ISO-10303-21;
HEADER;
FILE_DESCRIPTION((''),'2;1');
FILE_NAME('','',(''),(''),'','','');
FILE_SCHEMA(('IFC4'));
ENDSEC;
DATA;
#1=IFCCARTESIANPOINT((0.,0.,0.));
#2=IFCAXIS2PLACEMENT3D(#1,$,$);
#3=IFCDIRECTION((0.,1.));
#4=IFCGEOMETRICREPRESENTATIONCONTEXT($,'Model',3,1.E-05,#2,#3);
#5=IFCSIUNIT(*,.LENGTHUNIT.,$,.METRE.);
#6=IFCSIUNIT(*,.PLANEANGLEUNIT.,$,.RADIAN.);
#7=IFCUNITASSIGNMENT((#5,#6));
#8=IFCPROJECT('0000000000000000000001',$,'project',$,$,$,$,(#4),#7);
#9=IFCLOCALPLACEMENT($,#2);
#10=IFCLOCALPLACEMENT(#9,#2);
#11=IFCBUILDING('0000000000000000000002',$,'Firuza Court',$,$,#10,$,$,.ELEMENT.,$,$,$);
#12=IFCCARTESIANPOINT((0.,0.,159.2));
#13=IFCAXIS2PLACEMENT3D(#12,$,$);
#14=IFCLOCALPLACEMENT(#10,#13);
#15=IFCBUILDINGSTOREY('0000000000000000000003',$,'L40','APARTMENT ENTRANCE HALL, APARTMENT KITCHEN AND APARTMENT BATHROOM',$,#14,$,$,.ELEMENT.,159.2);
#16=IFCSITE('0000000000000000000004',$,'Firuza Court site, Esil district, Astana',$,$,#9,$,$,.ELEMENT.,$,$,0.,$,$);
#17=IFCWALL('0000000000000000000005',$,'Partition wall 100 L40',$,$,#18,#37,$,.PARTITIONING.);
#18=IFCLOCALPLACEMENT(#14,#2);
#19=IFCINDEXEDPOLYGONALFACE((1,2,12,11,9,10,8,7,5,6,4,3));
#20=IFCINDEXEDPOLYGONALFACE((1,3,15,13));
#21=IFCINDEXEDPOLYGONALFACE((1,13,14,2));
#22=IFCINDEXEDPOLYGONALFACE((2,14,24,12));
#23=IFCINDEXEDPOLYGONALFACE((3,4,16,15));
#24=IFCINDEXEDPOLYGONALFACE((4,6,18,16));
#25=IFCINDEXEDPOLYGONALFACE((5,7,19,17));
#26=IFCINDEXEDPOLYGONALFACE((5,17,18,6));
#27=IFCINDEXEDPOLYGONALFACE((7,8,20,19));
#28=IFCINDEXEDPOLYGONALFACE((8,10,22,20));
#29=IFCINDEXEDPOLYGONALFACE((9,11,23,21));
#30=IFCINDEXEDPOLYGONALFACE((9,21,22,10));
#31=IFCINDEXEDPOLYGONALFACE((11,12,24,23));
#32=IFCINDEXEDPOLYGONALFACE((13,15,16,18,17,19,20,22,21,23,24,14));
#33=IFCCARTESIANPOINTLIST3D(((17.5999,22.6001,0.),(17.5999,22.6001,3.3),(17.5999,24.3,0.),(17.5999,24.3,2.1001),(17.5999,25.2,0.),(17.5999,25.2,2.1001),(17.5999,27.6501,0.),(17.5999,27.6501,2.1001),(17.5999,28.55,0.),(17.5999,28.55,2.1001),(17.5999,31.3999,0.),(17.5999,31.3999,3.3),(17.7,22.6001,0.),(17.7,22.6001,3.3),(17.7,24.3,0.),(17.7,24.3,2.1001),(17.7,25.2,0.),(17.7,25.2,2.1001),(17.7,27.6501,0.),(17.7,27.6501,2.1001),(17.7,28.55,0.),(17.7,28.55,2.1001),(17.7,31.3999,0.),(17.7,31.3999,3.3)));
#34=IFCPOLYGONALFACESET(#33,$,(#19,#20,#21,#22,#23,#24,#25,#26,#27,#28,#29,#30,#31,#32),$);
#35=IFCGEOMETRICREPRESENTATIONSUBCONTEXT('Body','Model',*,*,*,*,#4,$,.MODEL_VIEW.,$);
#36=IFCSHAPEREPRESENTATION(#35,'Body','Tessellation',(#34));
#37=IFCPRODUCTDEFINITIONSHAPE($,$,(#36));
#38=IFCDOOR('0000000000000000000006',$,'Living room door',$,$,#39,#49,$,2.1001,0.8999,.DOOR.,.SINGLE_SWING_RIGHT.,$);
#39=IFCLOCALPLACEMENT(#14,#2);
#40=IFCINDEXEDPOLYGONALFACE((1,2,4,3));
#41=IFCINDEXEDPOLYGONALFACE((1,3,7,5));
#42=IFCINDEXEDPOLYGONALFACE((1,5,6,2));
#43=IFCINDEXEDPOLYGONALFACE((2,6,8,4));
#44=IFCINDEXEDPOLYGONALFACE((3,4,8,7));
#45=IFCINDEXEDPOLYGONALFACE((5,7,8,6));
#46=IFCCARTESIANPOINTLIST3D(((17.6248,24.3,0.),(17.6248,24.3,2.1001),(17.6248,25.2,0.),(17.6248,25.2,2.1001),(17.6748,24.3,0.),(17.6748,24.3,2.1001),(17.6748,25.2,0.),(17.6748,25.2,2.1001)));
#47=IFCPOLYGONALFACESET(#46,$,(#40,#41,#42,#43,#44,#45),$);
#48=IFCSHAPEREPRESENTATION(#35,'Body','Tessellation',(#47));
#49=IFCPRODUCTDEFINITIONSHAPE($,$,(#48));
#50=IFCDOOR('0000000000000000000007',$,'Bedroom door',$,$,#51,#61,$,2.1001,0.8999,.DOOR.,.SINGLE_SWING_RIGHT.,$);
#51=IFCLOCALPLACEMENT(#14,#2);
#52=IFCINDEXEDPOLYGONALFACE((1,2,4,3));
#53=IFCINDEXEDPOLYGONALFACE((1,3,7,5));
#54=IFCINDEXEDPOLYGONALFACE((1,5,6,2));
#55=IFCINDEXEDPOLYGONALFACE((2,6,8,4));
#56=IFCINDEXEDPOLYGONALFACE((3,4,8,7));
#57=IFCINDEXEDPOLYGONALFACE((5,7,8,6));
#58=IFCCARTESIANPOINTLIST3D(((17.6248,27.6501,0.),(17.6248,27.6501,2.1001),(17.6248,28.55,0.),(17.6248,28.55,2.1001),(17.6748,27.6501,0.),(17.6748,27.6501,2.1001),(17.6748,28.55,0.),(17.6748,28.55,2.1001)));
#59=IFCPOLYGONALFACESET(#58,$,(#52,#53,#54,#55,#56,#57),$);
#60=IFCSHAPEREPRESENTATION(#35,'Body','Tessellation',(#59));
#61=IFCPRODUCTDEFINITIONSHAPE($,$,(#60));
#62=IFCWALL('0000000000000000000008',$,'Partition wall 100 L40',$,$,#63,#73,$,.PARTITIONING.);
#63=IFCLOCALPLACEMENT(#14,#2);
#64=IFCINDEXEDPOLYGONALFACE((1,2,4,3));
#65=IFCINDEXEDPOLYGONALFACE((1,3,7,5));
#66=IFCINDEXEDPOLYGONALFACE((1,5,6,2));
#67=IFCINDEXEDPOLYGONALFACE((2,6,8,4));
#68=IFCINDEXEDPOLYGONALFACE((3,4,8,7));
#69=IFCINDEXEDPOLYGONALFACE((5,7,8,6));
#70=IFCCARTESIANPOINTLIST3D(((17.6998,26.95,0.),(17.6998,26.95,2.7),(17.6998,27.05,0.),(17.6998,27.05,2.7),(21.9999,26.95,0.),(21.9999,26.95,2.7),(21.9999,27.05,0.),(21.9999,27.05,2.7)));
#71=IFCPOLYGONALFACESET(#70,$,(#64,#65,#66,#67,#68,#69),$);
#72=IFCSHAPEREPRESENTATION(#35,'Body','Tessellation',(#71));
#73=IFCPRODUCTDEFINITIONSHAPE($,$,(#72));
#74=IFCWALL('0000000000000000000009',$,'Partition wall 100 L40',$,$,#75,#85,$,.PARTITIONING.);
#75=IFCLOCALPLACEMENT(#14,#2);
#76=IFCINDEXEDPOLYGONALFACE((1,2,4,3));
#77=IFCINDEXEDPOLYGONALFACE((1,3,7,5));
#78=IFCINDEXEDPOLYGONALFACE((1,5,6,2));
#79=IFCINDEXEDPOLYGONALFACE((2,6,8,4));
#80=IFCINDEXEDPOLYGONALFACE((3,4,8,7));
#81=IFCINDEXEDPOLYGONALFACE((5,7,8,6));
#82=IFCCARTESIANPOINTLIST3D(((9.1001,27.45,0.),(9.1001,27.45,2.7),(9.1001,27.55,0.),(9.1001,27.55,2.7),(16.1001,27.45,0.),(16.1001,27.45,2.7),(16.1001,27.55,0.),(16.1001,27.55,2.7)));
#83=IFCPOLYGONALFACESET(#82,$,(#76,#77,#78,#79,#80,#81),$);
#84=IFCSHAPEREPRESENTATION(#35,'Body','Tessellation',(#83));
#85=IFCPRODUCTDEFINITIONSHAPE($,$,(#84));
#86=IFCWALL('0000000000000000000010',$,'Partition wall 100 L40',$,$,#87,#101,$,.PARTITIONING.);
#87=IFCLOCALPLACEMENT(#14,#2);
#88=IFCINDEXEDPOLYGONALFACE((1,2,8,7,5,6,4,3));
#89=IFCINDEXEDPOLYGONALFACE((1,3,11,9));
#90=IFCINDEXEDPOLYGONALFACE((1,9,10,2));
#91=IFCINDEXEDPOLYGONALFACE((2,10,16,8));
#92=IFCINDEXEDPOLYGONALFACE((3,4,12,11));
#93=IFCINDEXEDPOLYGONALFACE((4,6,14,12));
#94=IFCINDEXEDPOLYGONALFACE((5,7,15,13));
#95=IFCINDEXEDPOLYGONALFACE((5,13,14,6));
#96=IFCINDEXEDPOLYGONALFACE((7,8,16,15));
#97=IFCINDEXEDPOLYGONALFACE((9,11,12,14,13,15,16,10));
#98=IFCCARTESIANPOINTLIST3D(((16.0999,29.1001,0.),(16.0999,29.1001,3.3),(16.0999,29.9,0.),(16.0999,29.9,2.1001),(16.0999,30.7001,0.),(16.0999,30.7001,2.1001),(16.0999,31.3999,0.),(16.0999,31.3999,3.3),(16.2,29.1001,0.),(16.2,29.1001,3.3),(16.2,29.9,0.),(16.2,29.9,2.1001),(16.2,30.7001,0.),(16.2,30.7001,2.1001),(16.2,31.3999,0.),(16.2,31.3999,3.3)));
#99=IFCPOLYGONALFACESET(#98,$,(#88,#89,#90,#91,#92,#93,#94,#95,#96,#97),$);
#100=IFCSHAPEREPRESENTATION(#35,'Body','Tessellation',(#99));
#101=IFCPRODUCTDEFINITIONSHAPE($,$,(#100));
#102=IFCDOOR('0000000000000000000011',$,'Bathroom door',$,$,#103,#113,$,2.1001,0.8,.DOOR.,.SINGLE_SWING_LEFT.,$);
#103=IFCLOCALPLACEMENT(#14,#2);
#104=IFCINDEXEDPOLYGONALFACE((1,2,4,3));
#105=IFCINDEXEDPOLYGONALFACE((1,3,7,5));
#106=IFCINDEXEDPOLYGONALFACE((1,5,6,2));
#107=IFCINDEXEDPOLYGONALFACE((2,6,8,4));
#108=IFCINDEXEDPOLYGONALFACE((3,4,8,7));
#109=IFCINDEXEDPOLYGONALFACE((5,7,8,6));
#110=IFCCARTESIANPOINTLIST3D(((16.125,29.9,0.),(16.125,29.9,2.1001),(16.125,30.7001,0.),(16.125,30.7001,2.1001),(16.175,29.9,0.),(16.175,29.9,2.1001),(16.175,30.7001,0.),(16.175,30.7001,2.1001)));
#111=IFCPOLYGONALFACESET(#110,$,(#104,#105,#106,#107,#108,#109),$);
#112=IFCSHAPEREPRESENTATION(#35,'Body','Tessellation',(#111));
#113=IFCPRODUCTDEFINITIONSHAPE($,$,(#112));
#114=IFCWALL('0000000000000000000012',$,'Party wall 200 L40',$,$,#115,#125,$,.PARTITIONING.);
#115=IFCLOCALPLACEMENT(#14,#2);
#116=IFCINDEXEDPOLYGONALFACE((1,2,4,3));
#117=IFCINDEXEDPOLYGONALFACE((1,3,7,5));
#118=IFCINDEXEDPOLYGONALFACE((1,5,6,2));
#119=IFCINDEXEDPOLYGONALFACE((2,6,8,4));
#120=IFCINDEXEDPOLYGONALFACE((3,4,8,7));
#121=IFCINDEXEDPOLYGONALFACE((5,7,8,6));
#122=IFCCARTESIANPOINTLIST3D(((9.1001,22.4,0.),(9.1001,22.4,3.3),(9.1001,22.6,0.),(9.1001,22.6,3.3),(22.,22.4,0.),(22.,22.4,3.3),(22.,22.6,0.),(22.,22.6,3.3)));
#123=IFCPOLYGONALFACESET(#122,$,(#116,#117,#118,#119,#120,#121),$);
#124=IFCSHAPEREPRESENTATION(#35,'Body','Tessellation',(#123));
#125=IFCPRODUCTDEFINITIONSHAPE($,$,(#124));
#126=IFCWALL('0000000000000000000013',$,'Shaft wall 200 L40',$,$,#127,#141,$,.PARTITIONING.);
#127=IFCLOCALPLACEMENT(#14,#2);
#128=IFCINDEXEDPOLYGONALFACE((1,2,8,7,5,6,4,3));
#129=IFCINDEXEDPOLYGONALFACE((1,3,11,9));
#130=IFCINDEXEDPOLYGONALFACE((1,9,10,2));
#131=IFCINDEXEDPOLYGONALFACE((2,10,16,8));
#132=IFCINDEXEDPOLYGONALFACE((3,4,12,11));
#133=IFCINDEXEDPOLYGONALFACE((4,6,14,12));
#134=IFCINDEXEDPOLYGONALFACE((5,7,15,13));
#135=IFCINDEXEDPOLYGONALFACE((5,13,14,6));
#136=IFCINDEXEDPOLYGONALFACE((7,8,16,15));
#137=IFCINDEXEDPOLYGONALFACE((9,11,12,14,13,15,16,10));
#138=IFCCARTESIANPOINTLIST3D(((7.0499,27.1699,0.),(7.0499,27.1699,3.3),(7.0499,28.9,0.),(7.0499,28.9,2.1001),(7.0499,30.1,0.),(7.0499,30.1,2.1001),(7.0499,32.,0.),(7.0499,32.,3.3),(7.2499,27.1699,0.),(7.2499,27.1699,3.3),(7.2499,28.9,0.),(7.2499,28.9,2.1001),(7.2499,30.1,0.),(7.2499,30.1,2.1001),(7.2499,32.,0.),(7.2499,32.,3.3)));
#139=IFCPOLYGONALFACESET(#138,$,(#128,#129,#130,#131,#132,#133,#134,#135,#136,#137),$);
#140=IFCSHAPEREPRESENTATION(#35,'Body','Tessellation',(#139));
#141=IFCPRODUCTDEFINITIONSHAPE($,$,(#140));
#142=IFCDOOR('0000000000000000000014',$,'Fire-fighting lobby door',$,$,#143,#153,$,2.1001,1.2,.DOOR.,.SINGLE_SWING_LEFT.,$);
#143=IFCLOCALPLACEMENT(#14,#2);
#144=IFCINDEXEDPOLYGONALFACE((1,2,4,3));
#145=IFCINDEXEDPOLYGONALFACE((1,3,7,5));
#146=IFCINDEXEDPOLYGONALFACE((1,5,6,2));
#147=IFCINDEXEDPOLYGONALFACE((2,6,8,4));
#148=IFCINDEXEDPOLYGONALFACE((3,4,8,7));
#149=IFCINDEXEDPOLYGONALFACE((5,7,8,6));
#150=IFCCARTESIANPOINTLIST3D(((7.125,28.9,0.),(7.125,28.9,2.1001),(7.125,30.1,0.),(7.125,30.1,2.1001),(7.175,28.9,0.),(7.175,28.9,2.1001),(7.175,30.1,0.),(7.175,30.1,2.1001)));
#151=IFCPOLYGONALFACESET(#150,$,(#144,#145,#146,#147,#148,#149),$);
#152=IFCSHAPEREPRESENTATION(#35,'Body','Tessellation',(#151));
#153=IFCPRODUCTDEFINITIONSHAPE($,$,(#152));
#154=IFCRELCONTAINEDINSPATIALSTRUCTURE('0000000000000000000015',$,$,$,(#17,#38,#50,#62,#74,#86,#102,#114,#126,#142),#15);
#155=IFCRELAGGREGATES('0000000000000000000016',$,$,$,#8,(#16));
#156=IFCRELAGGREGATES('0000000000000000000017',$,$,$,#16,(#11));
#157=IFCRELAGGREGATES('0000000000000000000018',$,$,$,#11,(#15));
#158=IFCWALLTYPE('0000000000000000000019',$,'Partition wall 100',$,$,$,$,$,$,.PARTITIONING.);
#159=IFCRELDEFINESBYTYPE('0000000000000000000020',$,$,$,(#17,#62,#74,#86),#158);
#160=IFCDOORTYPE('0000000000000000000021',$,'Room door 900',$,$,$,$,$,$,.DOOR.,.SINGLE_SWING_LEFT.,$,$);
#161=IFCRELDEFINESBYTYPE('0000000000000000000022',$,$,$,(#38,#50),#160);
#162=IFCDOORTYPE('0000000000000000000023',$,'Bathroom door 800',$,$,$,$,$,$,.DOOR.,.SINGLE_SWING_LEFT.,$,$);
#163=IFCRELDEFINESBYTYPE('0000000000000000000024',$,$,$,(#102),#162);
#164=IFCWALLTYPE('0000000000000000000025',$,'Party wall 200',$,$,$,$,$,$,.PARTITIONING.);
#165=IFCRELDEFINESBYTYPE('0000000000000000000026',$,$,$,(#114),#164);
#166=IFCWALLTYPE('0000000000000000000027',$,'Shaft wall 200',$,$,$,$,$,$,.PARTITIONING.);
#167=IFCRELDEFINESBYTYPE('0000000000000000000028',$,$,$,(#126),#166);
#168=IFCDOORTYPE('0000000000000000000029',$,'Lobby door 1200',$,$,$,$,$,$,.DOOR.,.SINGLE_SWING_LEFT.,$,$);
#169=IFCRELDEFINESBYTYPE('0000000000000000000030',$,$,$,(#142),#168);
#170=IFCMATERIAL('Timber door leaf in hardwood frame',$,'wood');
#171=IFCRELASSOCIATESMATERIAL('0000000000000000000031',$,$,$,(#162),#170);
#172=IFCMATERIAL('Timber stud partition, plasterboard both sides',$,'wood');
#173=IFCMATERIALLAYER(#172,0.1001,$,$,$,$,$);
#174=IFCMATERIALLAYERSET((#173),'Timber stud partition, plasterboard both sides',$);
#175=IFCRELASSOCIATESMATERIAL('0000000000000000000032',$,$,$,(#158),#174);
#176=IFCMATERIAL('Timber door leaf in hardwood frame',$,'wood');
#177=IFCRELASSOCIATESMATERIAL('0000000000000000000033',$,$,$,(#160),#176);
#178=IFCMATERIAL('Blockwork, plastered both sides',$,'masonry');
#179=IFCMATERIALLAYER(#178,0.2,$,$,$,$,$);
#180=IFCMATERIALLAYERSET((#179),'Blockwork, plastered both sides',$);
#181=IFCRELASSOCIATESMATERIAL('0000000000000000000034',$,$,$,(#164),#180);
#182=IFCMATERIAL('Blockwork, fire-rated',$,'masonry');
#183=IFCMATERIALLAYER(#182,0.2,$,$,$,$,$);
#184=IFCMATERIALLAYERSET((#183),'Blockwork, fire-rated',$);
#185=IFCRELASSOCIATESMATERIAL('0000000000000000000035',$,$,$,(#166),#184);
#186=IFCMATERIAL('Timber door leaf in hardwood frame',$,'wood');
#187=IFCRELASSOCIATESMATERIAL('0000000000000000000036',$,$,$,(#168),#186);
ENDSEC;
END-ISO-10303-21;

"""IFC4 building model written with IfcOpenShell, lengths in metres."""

from ifc_helpers import new_model, si_unit, direction, frame, frame_2d, origin, place, context, subcontext, project, spatial, rectangle, extrude, material, layer, layer_set, type_object, element, fill, save


model = new_model("IFC4")

# Units and contexts
model_context = context("Model", 3, precision=1e-05, world=origin(), true_north=direction((0.0, 1.0)))
body_context = subcontext(model_context, "Body", "Model", "MODEL_VIEW")
ifc_project = project(units=[si_unit("LENGTHUNIT", "METRE"), si_unit("PLANEANGLEUNIT", "RADIAN")], contexts=[model_context])

# Site, building, storey
site_placement = place(None, origin())
site = spatial("IfcSite", under=ifc_project, at=site_placement, Name="Firuza Court site, Esil district, Astana", CompositionType="ELEMENT", RefElevation=0.0)
building_placement = place(site_placement, origin())
building = spatial("IfcBuilding", under=site, at=building_placement, Name="Firuza Court", CompositionType="ELEMENT")
storey_placement = place(building_placement, frame((0.0, 0.0, 159.2)))
storey = spatial("IfcBuildingStorey", under=building, at=storey_placement, Name="L40", Description="APARTMENT ENTRANCE HALL, APARTMENT KITCHEN AND APARTMENT BATHROOM", CompositionType="ELEMENT", Elevation=159.2)

# Shared definitions
ifc_material_1 = material(Name="Timber door leaf in hardwood frame", Category="wood")
door_type_1 = type_object("IfcDoorType", Name="Bathroom door 800", OperationType="SINGLE_SWING_LEFT", PredefinedType="DOOR", material=ifc_material_1)

# Shared definitions
ifc_material_2 = material(Name="Timber stud partition, plasterboard both sides", Category="wood")
ifc_layer_1 = layer(ifc_material_2, 0.1001)
ifc_layer_set_1 = layer_set([ifc_layer_1], Name="Timber stud partition, plasterboard both sides")
wall_type_1 = type_object("IfcWallType", Name="Partition wall 100", PredefinedType="PARTITIONING", material=ifc_layer_set_1)
ifc_material_3 = material(Name="Timber door leaf in hardwood frame", Category="wood")
door_type_2 = type_object("IfcDoorType", Name="Room door 900", OperationType="SINGLE_SWING_LEFT", PredefinedType="DOOR", material=ifc_material_3)

# Wall, openings, doors
wall_1_placement = place(storey_placement, frame((17.6499, 22.6001, 0.0), z_axis=(0.0, 0.0, 1.0), x_axis=(0.0, 1.0, 0.0)))
wall_1 = element("IfcWall", 1, at=wall_1_placement, inside=storey, type_object=wall_type_1, Name="Partition wall 100 L40", PredefinedType="PARTITIONING", context=body_context, shape_type="SweptSolid", body=[
    extrude(rectangle(XDim=8.7998, YDim=0.1001, at=frame_2d((4.3999, 0.0))), origin(), (0.0, 0.0, 1.0), 3.3),
])
opening_1_placement = place(wall_1_placement, frame((1.7, 0.0, 0.0)))
opening_1 = element("IfcOpeningElement", 2, at=opening_1_placement, cuts=wall_1, PredefinedType="OPENING", context=body_context, shape_type="SweptSolid", body=[
    extrude(rectangle(XDim=0.8999, YDim=2.1001, at=frame_2d((0.45, 1.05))), frame((0.0, 0.062, 0.0), z_axis=(0.0, -1.0, 0.0), x_axis=(1.0, 0.0, 0.0)), (0.0, 0.0, 1.0), 0.124),
])
opening_2_placement = place(wall_1_placement, frame((5.05, 0.0, 0.0)))
opening_2 = element("IfcOpeningElement", 3, at=opening_2_placement, cuts=wall_1, PredefinedType="OPENING", context=body_context, shape_type="SweptSolid", body=[
    extrude(rectangle(XDim=0.8999, YDim=2.1001, at=frame_2d((0.45, 1.05))), frame((0.0, 0.062, 0.0), z_axis=(0.0, -1.0, 0.0), x_axis=(1.0, 0.0, 0.0)), (0.0, 0.0, 1.0), 0.124),
])
door_1_placement = place(opening_1_placement, frame((0.8999, 0.0, 0.0), z_axis=(0.0, 0.0, 1.0), x_axis=(-1.0, 0.0, 0.0)))
door_1 = element("IfcDoor", 4, at=door_1_placement, inside=storey, type_object=door_type_2, Name="Living room door", OperationType="SINGLE_SWING_RIGHT", OverallHeight=2.1001, OverallWidth=0.8999, PredefinedType="DOOR", context=body_context, shape_type="SweptSolid", body=[
    extrude(rectangle(XDim=0.8999, YDim=2.1001, at=frame_2d((0.45, 1.05))), frame((0.0, 0.0249, 0.0), z_axis=(0.0, -1.0, 0.0), x_axis=(1.0, 0.0, 0.0)), (0.0, 0.0, 1.0), 0.05),
])
fill(opening_1, door_1)
door_2_placement = place(opening_2_placement, frame((0.8999, 0.0, 0.0), z_axis=(0.0, 0.0, 1.0), x_axis=(-1.0, 0.0, 0.0)))
door_2 = element("IfcDoor", 5, at=door_2_placement, inside=storey, type_object=door_type_2, Name="Bedroom door", OperationType="SINGLE_SWING_RIGHT", OverallHeight=2.1001, OverallWidth=0.8999, PredefinedType="DOOR", context=body_context, shape_type="SweptSolid", body=[
    extrude(rectangle(XDim=0.8999, YDim=2.1001, at=frame_2d((0.45, 1.05))), frame((0.0, 0.0249, 0.0), z_axis=(0.0, -1.0, 0.0), x_axis=(1.0, 0.0, 0.0)), (0.0, 0.0, 1.0), 0.05),
])
fill(opening_2, door_2)

# Walls
wall_2_placement = place(storey_placement, frame((17.7, 27.0, 0.0), z_axis=(0.0, 0.0, 1.0), x_axis=(1.0, 0.0, 0.0)))
element("IfcWall", 6, at=wall_2_placement, inside=storey, type_object=wall_type_1, Name="Partition wall 100 L40", PredefinedType="PARTITIONING", context=body_context, shape_type="SweptSolid", body=[
    extrude(rectangle(XDim=4.3, YDim=0.1001, at=frame_2d((2.1499, 0.0))), origin(), (0.0, 0.0, 1.0), 2.7),
])
wall_3_placement = place(storey_placement, frame((9.1001, 27.5, 0.0), z_axis=(0.0, 0.0, 1.0), x_axis=(1.0, 0.0, 0.0)))
element("IfcWall", 7, at=wall_3_placement, inside=storey, type_object=wall_type_1, Name="Partition wall 100 L40", PredefinedType="PARTITIONING", context=body_context, shape_type="SweptSolid", body=[
    extrude(rectangle(XDim=7.0, YDim=0.1001, at=frame_2d((3.5, 0.0))), origin(), (0.0, 0.0, 1.0), 2.7),
])

# Wall, opening, door
wall_4_placement = place(storey_placement, frame((16.1499, 29.1001, 0.0), z_axis=(0.0, 0.0, 1.0), x_axis=(0.0, 1.0, 0.0)))
wall_4 = element("IfcWall", 8, at=wall_4_placement, inside=storey, type_object=wall_type_1, Name="Partition wall 100 L40", PredefinedType="PARTITIONING", context=body_context, shape_type="SweptSolid", body=[
    extrude(rectangle(XDim=2.2998, YDim=0.1001, at=frame_2d((1.1499, 0.0))), origin(), (0.0, 0.0, 1.0), 3.3),
])
opening_3_placement = place(wall_4_placement, frame((0.8, 0.0, 0.0)))
opening_3 = element("IfcOpeningElement", 9, at=opening_3_placement, cuts=wall_4, PredefinedType="OPENING", context=body_context, shape_type="SweptSolid", body=[
    extrude(rectangle(XDim=0.8, YDim=2.1001, at=frame_2d((0.3999, 1.05))), frame((0.0, 0.062, 0.0), z_axis=(0.0, -1.0, 0.0), x_axis=(1.0, 0.0, 0.0)), (0.0, 0.0, 1.0), 0.124),
])
door_3_placement = place(opening_3_placement, origin())
door_3 = element("IfcDoor", 10, at=door_3_placement, inside=storey, type_object=door_type_1, Name="Bathroom door", OperationType="SINGLE_SWING_LEFT", OverallHeight=2.1001, OverallWidth=0.8, PredefinedType="DOOR", context=body_context, shape_type="SweptSolid", body=[
    extrude(rectangle(XDim=0.8, YDim=2.1001, at=frame_2d((0.3999, 1.05))), frame((0.0, 0.0249, 0.0), z_axis=(0.0, -1.0, 0.0), x_axis=(1.0, 0.0, 0.0)), (0.0, 0.0, 1.0), 0.05),
])
fill(opening_3, door_3)

# Wall
ifc_material_4 = material(Name="Blockwork, plastered both sides", Category="masonry")
ifc_layer_2 = layer(ifc_material_4, 0.2)
ifc_layer_set_2 = layer_set([ifc_layer_2], Name="Blockwork, plastered both sides")
wall_type_2 = type_object("IfcWallType", Name="Party wall 200", PredefinedType="PARTITIONING", material=ifc_layer_set_2)
wall_5_placement = place(storey_placement, frame((9.1001, 22.5, 0.0), z_axis=(0.0, 0.0, 1.0), x_axis=(1.0, 0.0, 0.0)))
element("IfcWall", 11, at=wall_5_placement, inside=storey, type_object=wall_type_2, Name="Party wall 200 L40", PredefinedType="PARTITIONING", context=body_context, shape_type="SweptSolid", body=[
    extrude(rectangle(XDim=12.8999, YDim=0.2, at=frame_2d((6.45, 0.0))), origin(), (0.0, 0.0, 1.0), 3.3),
])

# Wall, opening, door
ifc_material_5 = material(Name="Blockwork, fire-rated", Category="masonry")
ifc_layer_3 = layer(ifc_material_5, 0.2)
ifc_layer_set_3 = layer_set([ifc_layer_3], Name="Blockwork, fire-rated")
wall_type_3 = type_object("IfcWallType", Name="Shaft wall 200", PredefinedType="PARTITIONING", material=ifc_layer_set_3)
wall_6_placement = place(storey_placement, frame((7.1499, 27.1699, 0.0), z_axis=(0.0, 0.0, 1.0), x_axis=(0.0, 1.0, 0.0)))
wall_6 = element("IfcWall", 12, at=wall_6_placement, inside=storey, type_object=wall_type_3, Name="Shaft wall 200 L40", PredefinedType="PARTITIONING", context=body_context, shape_type="SweptSolid", body=[
    extrude(rectangle(XDim=4.8301, YDim=0.2, at=frame_2d((2.415, 0.0))), origin(), (0.0, 0.0, 1.0), 3.3),
])
opening_4_placement = place(wall_6_placement, frame((1.73, 0.0, 0.0)))
opening_4 = element("IfcOpeningElement", 13, at=opening_4_placement, cuts=wall_6, PredefinedType="OPENING", context=body_context, shape_type="SweptSolid", body=[
    extrude(rectangle(XDim=1.2, YDim=2.1001, at=frame_2d((0.6001, 1.05))), frame((0.0, 0.1118, 0.0), z_axis=(0.0, -1.0, 0.0), x_axis=(1.0, 0.0, 0.0)), (0.0, 0.0, 1.0), 0.2239),
])
ifc_material_6 = material(Name="Timber door leaf in hardwood frame", Category="wood")
door_type_3 = type_object("IfcDoorType", Name="Lobby door 1200", OperationType="SINGLE_SWING_LEFT", PredefinedType="DOOR", material=ifc_material_6)
door_4_placement = place(opening_4_placement, origin())
door_4 = element("IfcDoor", 14, at=door_4_placement, inside=storey, type_object=door_type_3, Name="Fire-fighting lobby door", OperationType="SINGLE_SWING_LEFT", OverallHeight=2.1001, OverallWidth=1.2, PredefinedType="DOOR", context=body_context, shape_type="SweptSolid", body=[
    extrude(rectangle(XDim=1.2, YDim=2.1001, at=frame_2d((0.6001, 1.05))), frame((0.0, 0.0249, 0.0), z_axis=(0.0, -1.0, 0.0), x_axis=(1.0, 0.0, 0.0)), (0.0, 0.0, 1.0), 0.05),
])
fill(opening_4, door_4)

save(model, "model.ifc")
